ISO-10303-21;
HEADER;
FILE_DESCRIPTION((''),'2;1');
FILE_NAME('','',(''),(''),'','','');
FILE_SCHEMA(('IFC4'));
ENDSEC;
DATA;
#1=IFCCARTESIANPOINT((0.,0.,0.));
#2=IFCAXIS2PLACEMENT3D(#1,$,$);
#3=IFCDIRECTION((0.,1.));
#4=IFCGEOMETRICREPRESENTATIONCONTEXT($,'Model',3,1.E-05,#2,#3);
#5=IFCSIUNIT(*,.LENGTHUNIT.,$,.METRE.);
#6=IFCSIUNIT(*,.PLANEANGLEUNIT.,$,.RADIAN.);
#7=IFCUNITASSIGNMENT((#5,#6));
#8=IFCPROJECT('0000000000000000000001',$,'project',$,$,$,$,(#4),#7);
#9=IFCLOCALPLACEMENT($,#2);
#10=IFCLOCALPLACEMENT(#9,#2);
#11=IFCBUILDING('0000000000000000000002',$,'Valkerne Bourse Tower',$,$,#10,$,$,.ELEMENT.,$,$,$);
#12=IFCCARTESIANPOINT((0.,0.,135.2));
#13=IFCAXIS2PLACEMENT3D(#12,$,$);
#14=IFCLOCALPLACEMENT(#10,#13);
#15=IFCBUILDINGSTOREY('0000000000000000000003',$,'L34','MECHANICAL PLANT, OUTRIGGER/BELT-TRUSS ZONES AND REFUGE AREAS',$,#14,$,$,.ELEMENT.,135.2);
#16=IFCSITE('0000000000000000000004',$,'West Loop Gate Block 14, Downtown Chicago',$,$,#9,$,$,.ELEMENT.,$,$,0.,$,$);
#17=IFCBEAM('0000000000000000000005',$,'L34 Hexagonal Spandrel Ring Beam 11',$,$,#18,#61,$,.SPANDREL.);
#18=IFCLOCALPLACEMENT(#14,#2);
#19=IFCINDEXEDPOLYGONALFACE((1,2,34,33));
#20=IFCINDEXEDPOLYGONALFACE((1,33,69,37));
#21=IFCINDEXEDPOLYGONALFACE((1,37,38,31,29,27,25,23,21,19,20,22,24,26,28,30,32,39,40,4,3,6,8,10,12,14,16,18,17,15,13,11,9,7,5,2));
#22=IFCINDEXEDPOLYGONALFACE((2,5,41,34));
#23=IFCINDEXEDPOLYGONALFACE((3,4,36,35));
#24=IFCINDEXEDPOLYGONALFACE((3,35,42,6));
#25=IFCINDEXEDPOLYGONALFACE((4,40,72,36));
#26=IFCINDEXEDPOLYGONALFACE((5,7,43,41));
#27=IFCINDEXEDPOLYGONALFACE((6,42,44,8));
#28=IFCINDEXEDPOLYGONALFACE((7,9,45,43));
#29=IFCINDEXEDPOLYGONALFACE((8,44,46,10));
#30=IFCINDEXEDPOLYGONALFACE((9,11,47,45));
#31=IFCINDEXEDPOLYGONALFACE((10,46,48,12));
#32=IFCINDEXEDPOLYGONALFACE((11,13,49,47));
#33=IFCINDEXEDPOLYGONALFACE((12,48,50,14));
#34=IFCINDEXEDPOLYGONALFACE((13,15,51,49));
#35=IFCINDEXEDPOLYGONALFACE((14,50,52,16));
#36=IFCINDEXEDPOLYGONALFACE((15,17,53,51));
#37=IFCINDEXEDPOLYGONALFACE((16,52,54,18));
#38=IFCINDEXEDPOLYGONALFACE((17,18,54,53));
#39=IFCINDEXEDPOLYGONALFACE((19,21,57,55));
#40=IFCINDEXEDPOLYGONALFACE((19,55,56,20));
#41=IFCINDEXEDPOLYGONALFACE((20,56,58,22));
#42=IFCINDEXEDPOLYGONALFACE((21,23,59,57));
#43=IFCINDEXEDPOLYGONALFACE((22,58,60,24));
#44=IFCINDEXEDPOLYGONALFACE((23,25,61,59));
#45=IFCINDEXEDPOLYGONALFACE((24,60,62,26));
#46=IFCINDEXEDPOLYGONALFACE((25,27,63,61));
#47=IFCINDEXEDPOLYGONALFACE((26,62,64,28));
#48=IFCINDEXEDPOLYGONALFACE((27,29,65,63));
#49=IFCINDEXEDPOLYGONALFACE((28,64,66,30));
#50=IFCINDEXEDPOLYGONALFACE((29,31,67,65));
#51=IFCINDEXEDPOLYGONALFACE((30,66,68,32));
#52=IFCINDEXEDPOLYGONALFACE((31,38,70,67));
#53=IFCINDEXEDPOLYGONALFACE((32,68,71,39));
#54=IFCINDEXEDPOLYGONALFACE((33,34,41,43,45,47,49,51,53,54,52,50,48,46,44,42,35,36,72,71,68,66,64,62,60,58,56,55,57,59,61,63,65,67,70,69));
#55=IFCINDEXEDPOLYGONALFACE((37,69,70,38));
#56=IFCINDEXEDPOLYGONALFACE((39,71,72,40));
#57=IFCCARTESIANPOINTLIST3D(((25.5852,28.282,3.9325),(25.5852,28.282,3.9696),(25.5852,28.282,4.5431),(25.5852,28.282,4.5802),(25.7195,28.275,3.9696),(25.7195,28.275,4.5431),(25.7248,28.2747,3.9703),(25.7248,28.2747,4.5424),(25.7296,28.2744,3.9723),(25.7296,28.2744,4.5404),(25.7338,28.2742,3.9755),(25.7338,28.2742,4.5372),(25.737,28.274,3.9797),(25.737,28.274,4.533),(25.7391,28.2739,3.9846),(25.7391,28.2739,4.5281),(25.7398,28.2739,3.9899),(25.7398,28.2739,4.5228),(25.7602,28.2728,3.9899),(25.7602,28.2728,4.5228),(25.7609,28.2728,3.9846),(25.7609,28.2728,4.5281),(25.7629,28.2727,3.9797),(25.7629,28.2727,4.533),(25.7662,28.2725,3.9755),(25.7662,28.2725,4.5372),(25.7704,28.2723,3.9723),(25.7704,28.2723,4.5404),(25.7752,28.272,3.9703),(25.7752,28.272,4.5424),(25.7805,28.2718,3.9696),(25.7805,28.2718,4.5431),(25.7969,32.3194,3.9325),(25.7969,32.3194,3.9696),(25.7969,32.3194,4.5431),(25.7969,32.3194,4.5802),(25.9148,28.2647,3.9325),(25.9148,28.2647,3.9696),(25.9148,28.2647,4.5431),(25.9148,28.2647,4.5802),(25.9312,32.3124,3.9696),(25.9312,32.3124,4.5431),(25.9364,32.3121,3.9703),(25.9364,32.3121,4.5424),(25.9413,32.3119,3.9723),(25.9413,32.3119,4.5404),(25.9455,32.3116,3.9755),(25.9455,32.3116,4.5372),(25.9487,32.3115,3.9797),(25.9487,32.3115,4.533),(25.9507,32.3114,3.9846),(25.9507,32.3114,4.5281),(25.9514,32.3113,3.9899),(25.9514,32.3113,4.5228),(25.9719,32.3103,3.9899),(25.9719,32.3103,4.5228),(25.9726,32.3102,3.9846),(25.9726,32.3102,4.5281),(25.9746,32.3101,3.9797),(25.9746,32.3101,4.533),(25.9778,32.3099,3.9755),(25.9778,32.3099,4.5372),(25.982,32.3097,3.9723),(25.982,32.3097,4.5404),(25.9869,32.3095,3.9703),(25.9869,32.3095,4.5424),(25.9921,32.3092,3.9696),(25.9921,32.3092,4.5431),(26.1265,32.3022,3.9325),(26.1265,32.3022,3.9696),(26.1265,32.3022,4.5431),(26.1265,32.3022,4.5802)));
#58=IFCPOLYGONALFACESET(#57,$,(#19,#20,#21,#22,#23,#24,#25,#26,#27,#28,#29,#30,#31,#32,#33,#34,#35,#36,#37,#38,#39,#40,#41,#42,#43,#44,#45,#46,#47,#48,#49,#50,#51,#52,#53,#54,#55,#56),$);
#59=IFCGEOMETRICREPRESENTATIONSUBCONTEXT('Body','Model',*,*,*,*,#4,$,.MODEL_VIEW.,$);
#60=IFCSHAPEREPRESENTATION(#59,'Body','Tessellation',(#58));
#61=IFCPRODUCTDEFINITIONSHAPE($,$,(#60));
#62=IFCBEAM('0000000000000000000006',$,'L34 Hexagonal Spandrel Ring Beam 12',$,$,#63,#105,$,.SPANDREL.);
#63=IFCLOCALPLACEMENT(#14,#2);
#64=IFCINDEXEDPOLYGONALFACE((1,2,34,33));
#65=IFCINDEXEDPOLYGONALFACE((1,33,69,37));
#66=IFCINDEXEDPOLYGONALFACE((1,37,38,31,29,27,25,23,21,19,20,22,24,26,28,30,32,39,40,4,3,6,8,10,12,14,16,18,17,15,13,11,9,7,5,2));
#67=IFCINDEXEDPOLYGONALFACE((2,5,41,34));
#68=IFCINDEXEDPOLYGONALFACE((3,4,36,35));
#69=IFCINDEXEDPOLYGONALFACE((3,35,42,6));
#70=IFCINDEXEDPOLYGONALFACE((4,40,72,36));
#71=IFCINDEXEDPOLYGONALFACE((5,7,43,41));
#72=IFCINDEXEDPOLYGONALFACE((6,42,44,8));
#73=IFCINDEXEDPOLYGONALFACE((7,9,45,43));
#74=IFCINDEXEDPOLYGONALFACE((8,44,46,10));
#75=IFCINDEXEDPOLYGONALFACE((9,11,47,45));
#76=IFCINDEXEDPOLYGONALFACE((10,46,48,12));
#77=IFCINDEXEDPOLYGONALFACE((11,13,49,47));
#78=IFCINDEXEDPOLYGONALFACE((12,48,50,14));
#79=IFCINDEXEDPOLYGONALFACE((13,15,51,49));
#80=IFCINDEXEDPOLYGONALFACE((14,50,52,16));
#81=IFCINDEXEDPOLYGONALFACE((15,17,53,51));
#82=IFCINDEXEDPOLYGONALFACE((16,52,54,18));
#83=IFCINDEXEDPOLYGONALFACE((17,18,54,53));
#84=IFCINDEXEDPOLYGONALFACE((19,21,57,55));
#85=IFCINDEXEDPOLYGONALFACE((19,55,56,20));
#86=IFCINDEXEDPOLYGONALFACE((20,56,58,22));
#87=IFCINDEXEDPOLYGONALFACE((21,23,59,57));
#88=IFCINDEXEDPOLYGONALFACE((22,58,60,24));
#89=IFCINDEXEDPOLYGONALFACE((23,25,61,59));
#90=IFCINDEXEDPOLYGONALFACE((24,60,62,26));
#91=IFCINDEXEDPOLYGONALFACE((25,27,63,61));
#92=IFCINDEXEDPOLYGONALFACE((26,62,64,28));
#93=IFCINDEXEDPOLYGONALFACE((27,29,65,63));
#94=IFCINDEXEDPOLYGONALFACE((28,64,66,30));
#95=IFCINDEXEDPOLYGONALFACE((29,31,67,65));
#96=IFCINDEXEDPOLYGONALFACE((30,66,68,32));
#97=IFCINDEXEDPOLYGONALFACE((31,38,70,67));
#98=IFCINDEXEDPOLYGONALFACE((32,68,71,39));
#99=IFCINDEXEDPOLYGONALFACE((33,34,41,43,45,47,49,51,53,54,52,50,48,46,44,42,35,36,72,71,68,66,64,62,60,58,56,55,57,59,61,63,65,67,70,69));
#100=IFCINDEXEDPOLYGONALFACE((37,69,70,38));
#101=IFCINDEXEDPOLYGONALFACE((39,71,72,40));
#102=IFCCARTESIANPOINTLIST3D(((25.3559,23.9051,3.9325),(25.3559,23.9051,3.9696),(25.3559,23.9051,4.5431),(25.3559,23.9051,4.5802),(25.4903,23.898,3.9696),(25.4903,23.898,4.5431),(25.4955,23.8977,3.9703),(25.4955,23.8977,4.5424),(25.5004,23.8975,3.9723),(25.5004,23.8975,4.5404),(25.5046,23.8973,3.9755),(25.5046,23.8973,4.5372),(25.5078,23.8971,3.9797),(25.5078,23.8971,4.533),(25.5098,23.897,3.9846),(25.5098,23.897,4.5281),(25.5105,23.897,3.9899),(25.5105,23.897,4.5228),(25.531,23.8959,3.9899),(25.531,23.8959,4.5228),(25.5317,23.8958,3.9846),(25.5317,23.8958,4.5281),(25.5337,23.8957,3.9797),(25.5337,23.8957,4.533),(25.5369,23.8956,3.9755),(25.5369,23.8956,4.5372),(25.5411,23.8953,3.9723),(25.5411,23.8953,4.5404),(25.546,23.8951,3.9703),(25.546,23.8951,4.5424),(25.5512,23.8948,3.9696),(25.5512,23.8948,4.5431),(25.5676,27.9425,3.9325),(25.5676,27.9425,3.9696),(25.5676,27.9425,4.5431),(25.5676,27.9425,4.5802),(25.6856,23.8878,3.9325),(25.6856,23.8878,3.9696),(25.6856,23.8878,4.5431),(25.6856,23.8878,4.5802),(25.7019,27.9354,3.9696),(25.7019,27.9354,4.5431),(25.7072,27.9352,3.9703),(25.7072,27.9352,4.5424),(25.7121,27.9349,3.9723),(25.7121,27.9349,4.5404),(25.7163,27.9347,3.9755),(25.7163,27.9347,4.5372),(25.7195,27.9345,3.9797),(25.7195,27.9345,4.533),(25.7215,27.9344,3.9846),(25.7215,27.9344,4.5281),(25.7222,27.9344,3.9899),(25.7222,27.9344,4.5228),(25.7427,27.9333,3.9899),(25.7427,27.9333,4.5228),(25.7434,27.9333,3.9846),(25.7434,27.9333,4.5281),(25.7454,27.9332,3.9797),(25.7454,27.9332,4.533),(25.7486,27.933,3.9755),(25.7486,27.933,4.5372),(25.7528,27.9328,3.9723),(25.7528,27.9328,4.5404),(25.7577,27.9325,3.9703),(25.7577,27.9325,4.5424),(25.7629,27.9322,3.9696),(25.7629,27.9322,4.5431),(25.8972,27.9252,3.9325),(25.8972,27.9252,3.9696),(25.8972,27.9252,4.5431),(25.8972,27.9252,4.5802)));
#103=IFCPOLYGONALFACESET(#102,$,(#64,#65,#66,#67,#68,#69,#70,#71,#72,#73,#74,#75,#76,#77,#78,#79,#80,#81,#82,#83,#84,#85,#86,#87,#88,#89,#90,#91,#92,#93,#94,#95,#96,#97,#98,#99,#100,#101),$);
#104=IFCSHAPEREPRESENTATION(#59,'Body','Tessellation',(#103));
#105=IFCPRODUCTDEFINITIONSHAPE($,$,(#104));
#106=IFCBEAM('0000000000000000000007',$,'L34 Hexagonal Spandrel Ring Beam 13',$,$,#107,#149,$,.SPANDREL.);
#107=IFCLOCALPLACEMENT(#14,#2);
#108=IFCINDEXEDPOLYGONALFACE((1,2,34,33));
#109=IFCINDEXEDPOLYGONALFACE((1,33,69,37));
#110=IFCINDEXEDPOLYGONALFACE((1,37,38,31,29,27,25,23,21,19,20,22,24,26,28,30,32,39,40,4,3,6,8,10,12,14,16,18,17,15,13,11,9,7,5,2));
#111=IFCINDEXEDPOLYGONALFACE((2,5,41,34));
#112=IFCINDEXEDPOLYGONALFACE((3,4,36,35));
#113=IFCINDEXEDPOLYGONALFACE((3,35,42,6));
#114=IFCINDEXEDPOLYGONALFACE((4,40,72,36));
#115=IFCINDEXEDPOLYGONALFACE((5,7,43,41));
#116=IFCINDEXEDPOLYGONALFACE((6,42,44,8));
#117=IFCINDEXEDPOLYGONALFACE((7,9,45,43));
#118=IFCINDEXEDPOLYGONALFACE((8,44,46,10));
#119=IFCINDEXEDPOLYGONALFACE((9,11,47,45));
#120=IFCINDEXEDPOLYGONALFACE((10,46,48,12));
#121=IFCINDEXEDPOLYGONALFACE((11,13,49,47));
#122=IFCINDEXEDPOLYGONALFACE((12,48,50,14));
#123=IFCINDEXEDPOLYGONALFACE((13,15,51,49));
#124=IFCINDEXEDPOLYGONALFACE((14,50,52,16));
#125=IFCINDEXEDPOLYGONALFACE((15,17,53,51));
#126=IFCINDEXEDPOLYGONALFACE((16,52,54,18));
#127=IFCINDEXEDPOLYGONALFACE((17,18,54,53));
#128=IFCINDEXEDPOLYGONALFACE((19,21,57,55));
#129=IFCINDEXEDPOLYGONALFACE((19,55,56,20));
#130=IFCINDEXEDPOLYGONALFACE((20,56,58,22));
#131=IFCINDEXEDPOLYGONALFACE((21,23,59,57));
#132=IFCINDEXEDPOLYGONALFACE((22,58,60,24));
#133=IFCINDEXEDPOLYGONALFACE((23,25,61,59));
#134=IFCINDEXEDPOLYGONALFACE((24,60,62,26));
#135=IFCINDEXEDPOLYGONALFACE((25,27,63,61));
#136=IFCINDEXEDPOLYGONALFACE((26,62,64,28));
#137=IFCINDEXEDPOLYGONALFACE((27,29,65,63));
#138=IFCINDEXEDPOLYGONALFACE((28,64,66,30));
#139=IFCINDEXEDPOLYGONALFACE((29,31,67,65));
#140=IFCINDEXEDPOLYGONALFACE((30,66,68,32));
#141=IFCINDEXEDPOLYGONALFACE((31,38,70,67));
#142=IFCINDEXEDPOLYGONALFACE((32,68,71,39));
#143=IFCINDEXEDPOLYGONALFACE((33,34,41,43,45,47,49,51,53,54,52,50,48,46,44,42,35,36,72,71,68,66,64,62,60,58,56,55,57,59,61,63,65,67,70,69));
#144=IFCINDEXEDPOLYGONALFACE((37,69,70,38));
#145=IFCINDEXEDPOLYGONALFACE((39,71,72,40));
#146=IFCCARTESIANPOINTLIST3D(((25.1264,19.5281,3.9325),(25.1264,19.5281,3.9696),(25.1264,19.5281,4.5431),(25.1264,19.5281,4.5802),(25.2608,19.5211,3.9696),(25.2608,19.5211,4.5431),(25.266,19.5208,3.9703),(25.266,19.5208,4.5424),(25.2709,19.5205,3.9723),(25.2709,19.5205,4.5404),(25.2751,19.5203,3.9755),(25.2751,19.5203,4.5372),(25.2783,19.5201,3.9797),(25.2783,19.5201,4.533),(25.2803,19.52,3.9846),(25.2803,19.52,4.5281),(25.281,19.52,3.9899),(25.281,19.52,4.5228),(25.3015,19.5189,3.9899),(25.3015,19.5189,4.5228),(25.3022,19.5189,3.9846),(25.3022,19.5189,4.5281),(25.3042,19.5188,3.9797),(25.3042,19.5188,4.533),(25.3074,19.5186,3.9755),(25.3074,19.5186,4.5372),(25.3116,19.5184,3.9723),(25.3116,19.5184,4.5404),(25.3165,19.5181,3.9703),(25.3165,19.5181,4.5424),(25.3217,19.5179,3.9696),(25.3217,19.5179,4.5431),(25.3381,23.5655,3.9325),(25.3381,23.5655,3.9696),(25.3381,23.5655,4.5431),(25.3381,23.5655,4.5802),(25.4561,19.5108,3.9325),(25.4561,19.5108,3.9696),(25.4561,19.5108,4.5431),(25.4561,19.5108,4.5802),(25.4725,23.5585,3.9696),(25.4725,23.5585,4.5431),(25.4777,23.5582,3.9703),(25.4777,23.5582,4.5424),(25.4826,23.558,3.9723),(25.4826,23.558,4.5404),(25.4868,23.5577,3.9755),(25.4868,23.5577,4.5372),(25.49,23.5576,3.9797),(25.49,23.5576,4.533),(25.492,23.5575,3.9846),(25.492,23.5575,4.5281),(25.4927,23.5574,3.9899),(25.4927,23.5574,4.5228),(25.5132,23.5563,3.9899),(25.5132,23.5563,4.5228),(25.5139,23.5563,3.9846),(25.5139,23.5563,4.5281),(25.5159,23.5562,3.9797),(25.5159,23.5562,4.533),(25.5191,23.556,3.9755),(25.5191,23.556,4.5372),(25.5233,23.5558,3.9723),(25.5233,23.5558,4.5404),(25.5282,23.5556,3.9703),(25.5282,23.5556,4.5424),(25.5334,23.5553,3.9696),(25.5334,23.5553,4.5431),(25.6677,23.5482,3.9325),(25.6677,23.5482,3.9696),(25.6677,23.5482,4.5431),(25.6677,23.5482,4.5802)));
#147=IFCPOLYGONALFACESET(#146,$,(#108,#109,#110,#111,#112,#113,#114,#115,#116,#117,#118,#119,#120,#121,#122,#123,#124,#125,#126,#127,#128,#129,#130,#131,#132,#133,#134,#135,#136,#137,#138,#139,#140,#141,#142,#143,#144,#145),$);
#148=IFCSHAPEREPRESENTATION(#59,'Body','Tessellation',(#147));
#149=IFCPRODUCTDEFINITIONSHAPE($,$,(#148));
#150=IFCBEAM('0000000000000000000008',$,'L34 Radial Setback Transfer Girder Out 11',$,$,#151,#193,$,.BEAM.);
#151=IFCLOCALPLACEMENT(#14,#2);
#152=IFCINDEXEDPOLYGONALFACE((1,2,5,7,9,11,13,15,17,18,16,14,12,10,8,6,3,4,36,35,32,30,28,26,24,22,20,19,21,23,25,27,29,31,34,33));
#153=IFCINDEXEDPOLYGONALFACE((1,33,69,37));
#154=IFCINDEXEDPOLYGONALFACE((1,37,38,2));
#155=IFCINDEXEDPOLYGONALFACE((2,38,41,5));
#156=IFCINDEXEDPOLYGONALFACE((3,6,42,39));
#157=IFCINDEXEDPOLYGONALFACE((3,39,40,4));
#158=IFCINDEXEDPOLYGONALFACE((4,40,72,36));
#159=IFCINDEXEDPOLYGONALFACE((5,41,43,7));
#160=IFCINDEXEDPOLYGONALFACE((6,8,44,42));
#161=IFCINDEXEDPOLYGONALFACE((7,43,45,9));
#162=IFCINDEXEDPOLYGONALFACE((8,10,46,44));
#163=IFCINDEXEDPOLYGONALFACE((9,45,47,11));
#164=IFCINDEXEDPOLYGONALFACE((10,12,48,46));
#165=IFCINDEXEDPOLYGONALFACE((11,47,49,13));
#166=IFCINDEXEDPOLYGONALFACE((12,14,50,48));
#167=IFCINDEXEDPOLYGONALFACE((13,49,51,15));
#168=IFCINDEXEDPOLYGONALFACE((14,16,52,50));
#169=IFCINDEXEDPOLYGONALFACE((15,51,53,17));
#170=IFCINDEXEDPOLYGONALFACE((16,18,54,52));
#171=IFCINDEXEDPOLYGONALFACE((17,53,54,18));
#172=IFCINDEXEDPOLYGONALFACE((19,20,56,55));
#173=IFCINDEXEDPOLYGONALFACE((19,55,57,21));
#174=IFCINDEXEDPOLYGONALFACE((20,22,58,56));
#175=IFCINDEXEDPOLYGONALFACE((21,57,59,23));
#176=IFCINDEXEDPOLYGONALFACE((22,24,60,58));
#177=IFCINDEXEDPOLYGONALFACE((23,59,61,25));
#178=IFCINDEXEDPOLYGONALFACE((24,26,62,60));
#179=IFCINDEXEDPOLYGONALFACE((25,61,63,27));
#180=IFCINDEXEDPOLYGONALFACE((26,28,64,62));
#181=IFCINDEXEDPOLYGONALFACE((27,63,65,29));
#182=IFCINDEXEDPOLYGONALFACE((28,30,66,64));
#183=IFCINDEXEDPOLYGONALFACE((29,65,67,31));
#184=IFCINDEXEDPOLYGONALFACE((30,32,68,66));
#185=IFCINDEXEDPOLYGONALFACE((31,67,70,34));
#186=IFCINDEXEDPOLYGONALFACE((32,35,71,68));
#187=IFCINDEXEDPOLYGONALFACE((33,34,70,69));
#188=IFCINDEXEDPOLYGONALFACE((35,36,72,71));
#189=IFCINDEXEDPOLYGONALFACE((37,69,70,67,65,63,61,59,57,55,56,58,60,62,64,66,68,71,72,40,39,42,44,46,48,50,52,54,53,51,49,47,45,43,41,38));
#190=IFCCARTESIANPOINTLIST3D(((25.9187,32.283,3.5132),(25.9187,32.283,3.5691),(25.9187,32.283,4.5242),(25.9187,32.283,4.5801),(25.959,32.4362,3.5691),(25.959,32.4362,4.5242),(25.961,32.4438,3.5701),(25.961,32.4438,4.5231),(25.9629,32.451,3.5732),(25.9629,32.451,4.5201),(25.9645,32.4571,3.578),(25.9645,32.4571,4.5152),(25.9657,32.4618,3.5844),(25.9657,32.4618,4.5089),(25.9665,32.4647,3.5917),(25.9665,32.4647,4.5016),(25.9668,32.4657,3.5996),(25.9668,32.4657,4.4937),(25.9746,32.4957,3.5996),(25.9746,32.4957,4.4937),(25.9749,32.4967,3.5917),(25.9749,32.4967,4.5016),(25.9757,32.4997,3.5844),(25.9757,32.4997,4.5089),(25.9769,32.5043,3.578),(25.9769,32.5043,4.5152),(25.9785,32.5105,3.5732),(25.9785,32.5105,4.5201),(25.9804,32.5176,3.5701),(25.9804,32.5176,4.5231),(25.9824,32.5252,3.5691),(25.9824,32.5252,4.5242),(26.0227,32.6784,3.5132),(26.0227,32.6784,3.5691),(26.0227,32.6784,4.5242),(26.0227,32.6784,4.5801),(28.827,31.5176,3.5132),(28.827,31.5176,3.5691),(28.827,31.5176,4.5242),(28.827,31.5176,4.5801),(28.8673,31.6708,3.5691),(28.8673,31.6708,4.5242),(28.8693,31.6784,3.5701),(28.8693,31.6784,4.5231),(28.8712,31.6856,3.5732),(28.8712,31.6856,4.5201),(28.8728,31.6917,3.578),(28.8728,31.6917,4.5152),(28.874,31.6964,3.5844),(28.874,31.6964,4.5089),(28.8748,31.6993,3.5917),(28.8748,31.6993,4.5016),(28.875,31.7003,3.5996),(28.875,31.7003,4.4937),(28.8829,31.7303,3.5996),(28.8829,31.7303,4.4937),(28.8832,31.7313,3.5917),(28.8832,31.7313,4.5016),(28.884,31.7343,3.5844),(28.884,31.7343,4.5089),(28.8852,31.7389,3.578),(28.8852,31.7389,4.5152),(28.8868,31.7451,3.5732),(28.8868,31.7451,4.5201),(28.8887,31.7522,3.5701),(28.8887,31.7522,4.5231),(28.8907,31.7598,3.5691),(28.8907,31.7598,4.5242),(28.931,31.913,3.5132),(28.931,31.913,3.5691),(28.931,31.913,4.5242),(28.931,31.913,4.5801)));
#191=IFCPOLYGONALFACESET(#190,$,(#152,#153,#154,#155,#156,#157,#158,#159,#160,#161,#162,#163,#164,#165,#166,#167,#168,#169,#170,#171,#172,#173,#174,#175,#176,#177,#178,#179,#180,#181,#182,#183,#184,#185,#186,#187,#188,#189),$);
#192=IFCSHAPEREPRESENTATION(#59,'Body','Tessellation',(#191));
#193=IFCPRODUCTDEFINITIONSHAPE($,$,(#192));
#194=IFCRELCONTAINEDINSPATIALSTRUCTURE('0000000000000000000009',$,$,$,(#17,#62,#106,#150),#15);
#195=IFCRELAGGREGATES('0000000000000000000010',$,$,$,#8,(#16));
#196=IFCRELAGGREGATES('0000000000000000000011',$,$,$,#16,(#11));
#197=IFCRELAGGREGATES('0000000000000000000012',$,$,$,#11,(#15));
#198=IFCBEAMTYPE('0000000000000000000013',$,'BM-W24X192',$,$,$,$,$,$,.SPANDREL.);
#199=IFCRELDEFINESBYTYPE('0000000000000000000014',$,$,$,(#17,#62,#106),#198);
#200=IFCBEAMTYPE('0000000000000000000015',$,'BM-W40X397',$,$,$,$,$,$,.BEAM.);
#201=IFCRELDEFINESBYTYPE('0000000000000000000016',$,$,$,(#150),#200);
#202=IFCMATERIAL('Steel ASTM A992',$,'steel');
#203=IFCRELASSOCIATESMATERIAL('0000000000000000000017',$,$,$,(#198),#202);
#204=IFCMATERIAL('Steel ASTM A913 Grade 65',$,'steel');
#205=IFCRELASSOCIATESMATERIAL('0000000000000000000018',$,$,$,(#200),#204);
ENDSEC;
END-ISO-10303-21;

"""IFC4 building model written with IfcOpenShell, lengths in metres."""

from ifc_helpers import new_model, si_unit, direction, frame, origin, origin_2d, place, context, subcontext, project, spatial, i_section, extrude, material, material_profile, profile_set, type_object, element, save


model = new_model("IFC4")

# Units and contexts
model_context = context("Model", 3, precision=1e-05, world=origin(), true_north=direction((0.0, 1.0)))
body_context = subcontext(model_context, "Body", "Model", "MODEL_VIEW")
ifc_project = project(units=[si_unit("LENGTHUNIT", "METRE"), si_unit("PLANEANGLEUNIT", "RADIAN")], contexts=[model_context])

# Site, building, storey
site_placement = place(None, origin())
site = spatial("IfcSite", under=ifc_project, at=site_placement, Name="West Loop Gate Block 14, Downtown Chicago", CompositionType="ELEMENT", RefElevation=0.0)
building_placement = place(site_placement, origin())
building = spatial("IfcBuilding", under=site, at=building_placement, Name="Valkerne Bourse Tower", CompositionType="ELEMENT")
storey_placement = place(building_placement, frame((0.0, 0.0, 135.2)))
storey = spatial("IfcBuildingStorey", under=building, at=storey_placement, Name="L34", Description="MECHANICAL PLANT, OUTRIGGER/BELT-TRUSS ZONES AND REFUGE AREAS", CompositionType="ELEMENT", Elevation=135.2)

# Shared definitions
ifc_material_1 = material(Name="Steel ASTM A913 Grade 65", Category="steel")

# Beams
ifc_material_2 = material(Name="Steel ASTM A992", Category="steel")
ifc_material_profile_1 = material_profile(ifc_material_2, i_section(OverallWidth=0.3301, OverallDepth=0.6477, WebThickness=0.0205, FlangeThickness=0.0371, FilletRadius=0.0203, at=origin_2d()), Name="W24X192")
ifc_profile_set_1 = profile_set([ifc_material_profile_1], Name="Steel ASTM A992")
beam_type_1 = type_object("IfcBeamType", Name="BM-W24X192", PredefinedType="SPANDREL", material=ifc_profile_set_1)
for number, where, z_axis, x_axis, name in (
    (1, (25.9617, 32.3108, 4.2563), (-0.052356, -0.998628, 0.0), (0.998628, -0.052356, 0.0), "L34 Hexagonal Spandrel Ring Beam 11"),
    (2, (25.7324, 27.9338, 4.2563), (-0.052356, -0.998628, 0.0), (0.998628, -0.052356, 0.0), "L34 Hexagonal Spandrel Ring Beam 12"),
    (3, (25.5029, 23.5569, 4.2563), (-0.052356, -0.998628, 0.0), (0.998628, -0.052356, 0.0), "L34 Hexagonal Spandrel Ring Beam 13"),
):
    element("IfcBeam", number, at=place(storey_placement, frame(where, z_axis=z_axis, x_axis=x_axis)), inside=storey, type_object=beam_type_1, Name=name, PredefinedType="SPANDREL", context=body_context, shape_type="SweptSolid", body=[
        extrude(i_section(OverallWidth=0.3301, OverallDepth=0.6477, WebThickness=0.0205, FlangeThickness=0.0371, FilletRadius=0.0203, at=origin_2d()), origin(), (0.0, 0.0, 1.0), 4.043),
    ])
ifc_material_profile_2 = material_profile(ifc_material_1, i_section(OverallWidth=0.4089, OverallDepth=1.0669, WebThickness=0.031, FlangeThickness=0.0559, FilletRadius=0.0305, at=origin_2d()), Name="W40X397")
ifc_profile_set_2 = profile_set([ifc_material_profile_2], Name="Steel ASTM A913 Grade 65")
beam_type_2 = type_object("IfcBeamType", Name="BM-W40X397", PredefinedType="BEAM", material=ifc_profile_set_2)
beam_1_placement = place(storey_placement, frame((25.9707, 32.4807, 4.0466), z_axis=(0.967069, -0.254513, 0.0), x_axis=(0.254513, 0.967069, 0.0)))
element("IfcBeam", 4, at=beam_1_placement, inside=storey, type_object=beam_type_2, Name="L34 Radial Setback Transfer Girder Out 11", PredefinedType="BEAM", context=body_context, shape_type="SweptSolid", body=[
    extrude(i_section(OverallWidth=0.4089, OverallDepth=1.0669, WebThickness=0.031, FlangeThickness=0.0559, FilletRadius=0.0305, at=origin_2d()), origin(), (0.0, 0.0, 1.0), 3.0073),
])

save(model, "model.ifc")
